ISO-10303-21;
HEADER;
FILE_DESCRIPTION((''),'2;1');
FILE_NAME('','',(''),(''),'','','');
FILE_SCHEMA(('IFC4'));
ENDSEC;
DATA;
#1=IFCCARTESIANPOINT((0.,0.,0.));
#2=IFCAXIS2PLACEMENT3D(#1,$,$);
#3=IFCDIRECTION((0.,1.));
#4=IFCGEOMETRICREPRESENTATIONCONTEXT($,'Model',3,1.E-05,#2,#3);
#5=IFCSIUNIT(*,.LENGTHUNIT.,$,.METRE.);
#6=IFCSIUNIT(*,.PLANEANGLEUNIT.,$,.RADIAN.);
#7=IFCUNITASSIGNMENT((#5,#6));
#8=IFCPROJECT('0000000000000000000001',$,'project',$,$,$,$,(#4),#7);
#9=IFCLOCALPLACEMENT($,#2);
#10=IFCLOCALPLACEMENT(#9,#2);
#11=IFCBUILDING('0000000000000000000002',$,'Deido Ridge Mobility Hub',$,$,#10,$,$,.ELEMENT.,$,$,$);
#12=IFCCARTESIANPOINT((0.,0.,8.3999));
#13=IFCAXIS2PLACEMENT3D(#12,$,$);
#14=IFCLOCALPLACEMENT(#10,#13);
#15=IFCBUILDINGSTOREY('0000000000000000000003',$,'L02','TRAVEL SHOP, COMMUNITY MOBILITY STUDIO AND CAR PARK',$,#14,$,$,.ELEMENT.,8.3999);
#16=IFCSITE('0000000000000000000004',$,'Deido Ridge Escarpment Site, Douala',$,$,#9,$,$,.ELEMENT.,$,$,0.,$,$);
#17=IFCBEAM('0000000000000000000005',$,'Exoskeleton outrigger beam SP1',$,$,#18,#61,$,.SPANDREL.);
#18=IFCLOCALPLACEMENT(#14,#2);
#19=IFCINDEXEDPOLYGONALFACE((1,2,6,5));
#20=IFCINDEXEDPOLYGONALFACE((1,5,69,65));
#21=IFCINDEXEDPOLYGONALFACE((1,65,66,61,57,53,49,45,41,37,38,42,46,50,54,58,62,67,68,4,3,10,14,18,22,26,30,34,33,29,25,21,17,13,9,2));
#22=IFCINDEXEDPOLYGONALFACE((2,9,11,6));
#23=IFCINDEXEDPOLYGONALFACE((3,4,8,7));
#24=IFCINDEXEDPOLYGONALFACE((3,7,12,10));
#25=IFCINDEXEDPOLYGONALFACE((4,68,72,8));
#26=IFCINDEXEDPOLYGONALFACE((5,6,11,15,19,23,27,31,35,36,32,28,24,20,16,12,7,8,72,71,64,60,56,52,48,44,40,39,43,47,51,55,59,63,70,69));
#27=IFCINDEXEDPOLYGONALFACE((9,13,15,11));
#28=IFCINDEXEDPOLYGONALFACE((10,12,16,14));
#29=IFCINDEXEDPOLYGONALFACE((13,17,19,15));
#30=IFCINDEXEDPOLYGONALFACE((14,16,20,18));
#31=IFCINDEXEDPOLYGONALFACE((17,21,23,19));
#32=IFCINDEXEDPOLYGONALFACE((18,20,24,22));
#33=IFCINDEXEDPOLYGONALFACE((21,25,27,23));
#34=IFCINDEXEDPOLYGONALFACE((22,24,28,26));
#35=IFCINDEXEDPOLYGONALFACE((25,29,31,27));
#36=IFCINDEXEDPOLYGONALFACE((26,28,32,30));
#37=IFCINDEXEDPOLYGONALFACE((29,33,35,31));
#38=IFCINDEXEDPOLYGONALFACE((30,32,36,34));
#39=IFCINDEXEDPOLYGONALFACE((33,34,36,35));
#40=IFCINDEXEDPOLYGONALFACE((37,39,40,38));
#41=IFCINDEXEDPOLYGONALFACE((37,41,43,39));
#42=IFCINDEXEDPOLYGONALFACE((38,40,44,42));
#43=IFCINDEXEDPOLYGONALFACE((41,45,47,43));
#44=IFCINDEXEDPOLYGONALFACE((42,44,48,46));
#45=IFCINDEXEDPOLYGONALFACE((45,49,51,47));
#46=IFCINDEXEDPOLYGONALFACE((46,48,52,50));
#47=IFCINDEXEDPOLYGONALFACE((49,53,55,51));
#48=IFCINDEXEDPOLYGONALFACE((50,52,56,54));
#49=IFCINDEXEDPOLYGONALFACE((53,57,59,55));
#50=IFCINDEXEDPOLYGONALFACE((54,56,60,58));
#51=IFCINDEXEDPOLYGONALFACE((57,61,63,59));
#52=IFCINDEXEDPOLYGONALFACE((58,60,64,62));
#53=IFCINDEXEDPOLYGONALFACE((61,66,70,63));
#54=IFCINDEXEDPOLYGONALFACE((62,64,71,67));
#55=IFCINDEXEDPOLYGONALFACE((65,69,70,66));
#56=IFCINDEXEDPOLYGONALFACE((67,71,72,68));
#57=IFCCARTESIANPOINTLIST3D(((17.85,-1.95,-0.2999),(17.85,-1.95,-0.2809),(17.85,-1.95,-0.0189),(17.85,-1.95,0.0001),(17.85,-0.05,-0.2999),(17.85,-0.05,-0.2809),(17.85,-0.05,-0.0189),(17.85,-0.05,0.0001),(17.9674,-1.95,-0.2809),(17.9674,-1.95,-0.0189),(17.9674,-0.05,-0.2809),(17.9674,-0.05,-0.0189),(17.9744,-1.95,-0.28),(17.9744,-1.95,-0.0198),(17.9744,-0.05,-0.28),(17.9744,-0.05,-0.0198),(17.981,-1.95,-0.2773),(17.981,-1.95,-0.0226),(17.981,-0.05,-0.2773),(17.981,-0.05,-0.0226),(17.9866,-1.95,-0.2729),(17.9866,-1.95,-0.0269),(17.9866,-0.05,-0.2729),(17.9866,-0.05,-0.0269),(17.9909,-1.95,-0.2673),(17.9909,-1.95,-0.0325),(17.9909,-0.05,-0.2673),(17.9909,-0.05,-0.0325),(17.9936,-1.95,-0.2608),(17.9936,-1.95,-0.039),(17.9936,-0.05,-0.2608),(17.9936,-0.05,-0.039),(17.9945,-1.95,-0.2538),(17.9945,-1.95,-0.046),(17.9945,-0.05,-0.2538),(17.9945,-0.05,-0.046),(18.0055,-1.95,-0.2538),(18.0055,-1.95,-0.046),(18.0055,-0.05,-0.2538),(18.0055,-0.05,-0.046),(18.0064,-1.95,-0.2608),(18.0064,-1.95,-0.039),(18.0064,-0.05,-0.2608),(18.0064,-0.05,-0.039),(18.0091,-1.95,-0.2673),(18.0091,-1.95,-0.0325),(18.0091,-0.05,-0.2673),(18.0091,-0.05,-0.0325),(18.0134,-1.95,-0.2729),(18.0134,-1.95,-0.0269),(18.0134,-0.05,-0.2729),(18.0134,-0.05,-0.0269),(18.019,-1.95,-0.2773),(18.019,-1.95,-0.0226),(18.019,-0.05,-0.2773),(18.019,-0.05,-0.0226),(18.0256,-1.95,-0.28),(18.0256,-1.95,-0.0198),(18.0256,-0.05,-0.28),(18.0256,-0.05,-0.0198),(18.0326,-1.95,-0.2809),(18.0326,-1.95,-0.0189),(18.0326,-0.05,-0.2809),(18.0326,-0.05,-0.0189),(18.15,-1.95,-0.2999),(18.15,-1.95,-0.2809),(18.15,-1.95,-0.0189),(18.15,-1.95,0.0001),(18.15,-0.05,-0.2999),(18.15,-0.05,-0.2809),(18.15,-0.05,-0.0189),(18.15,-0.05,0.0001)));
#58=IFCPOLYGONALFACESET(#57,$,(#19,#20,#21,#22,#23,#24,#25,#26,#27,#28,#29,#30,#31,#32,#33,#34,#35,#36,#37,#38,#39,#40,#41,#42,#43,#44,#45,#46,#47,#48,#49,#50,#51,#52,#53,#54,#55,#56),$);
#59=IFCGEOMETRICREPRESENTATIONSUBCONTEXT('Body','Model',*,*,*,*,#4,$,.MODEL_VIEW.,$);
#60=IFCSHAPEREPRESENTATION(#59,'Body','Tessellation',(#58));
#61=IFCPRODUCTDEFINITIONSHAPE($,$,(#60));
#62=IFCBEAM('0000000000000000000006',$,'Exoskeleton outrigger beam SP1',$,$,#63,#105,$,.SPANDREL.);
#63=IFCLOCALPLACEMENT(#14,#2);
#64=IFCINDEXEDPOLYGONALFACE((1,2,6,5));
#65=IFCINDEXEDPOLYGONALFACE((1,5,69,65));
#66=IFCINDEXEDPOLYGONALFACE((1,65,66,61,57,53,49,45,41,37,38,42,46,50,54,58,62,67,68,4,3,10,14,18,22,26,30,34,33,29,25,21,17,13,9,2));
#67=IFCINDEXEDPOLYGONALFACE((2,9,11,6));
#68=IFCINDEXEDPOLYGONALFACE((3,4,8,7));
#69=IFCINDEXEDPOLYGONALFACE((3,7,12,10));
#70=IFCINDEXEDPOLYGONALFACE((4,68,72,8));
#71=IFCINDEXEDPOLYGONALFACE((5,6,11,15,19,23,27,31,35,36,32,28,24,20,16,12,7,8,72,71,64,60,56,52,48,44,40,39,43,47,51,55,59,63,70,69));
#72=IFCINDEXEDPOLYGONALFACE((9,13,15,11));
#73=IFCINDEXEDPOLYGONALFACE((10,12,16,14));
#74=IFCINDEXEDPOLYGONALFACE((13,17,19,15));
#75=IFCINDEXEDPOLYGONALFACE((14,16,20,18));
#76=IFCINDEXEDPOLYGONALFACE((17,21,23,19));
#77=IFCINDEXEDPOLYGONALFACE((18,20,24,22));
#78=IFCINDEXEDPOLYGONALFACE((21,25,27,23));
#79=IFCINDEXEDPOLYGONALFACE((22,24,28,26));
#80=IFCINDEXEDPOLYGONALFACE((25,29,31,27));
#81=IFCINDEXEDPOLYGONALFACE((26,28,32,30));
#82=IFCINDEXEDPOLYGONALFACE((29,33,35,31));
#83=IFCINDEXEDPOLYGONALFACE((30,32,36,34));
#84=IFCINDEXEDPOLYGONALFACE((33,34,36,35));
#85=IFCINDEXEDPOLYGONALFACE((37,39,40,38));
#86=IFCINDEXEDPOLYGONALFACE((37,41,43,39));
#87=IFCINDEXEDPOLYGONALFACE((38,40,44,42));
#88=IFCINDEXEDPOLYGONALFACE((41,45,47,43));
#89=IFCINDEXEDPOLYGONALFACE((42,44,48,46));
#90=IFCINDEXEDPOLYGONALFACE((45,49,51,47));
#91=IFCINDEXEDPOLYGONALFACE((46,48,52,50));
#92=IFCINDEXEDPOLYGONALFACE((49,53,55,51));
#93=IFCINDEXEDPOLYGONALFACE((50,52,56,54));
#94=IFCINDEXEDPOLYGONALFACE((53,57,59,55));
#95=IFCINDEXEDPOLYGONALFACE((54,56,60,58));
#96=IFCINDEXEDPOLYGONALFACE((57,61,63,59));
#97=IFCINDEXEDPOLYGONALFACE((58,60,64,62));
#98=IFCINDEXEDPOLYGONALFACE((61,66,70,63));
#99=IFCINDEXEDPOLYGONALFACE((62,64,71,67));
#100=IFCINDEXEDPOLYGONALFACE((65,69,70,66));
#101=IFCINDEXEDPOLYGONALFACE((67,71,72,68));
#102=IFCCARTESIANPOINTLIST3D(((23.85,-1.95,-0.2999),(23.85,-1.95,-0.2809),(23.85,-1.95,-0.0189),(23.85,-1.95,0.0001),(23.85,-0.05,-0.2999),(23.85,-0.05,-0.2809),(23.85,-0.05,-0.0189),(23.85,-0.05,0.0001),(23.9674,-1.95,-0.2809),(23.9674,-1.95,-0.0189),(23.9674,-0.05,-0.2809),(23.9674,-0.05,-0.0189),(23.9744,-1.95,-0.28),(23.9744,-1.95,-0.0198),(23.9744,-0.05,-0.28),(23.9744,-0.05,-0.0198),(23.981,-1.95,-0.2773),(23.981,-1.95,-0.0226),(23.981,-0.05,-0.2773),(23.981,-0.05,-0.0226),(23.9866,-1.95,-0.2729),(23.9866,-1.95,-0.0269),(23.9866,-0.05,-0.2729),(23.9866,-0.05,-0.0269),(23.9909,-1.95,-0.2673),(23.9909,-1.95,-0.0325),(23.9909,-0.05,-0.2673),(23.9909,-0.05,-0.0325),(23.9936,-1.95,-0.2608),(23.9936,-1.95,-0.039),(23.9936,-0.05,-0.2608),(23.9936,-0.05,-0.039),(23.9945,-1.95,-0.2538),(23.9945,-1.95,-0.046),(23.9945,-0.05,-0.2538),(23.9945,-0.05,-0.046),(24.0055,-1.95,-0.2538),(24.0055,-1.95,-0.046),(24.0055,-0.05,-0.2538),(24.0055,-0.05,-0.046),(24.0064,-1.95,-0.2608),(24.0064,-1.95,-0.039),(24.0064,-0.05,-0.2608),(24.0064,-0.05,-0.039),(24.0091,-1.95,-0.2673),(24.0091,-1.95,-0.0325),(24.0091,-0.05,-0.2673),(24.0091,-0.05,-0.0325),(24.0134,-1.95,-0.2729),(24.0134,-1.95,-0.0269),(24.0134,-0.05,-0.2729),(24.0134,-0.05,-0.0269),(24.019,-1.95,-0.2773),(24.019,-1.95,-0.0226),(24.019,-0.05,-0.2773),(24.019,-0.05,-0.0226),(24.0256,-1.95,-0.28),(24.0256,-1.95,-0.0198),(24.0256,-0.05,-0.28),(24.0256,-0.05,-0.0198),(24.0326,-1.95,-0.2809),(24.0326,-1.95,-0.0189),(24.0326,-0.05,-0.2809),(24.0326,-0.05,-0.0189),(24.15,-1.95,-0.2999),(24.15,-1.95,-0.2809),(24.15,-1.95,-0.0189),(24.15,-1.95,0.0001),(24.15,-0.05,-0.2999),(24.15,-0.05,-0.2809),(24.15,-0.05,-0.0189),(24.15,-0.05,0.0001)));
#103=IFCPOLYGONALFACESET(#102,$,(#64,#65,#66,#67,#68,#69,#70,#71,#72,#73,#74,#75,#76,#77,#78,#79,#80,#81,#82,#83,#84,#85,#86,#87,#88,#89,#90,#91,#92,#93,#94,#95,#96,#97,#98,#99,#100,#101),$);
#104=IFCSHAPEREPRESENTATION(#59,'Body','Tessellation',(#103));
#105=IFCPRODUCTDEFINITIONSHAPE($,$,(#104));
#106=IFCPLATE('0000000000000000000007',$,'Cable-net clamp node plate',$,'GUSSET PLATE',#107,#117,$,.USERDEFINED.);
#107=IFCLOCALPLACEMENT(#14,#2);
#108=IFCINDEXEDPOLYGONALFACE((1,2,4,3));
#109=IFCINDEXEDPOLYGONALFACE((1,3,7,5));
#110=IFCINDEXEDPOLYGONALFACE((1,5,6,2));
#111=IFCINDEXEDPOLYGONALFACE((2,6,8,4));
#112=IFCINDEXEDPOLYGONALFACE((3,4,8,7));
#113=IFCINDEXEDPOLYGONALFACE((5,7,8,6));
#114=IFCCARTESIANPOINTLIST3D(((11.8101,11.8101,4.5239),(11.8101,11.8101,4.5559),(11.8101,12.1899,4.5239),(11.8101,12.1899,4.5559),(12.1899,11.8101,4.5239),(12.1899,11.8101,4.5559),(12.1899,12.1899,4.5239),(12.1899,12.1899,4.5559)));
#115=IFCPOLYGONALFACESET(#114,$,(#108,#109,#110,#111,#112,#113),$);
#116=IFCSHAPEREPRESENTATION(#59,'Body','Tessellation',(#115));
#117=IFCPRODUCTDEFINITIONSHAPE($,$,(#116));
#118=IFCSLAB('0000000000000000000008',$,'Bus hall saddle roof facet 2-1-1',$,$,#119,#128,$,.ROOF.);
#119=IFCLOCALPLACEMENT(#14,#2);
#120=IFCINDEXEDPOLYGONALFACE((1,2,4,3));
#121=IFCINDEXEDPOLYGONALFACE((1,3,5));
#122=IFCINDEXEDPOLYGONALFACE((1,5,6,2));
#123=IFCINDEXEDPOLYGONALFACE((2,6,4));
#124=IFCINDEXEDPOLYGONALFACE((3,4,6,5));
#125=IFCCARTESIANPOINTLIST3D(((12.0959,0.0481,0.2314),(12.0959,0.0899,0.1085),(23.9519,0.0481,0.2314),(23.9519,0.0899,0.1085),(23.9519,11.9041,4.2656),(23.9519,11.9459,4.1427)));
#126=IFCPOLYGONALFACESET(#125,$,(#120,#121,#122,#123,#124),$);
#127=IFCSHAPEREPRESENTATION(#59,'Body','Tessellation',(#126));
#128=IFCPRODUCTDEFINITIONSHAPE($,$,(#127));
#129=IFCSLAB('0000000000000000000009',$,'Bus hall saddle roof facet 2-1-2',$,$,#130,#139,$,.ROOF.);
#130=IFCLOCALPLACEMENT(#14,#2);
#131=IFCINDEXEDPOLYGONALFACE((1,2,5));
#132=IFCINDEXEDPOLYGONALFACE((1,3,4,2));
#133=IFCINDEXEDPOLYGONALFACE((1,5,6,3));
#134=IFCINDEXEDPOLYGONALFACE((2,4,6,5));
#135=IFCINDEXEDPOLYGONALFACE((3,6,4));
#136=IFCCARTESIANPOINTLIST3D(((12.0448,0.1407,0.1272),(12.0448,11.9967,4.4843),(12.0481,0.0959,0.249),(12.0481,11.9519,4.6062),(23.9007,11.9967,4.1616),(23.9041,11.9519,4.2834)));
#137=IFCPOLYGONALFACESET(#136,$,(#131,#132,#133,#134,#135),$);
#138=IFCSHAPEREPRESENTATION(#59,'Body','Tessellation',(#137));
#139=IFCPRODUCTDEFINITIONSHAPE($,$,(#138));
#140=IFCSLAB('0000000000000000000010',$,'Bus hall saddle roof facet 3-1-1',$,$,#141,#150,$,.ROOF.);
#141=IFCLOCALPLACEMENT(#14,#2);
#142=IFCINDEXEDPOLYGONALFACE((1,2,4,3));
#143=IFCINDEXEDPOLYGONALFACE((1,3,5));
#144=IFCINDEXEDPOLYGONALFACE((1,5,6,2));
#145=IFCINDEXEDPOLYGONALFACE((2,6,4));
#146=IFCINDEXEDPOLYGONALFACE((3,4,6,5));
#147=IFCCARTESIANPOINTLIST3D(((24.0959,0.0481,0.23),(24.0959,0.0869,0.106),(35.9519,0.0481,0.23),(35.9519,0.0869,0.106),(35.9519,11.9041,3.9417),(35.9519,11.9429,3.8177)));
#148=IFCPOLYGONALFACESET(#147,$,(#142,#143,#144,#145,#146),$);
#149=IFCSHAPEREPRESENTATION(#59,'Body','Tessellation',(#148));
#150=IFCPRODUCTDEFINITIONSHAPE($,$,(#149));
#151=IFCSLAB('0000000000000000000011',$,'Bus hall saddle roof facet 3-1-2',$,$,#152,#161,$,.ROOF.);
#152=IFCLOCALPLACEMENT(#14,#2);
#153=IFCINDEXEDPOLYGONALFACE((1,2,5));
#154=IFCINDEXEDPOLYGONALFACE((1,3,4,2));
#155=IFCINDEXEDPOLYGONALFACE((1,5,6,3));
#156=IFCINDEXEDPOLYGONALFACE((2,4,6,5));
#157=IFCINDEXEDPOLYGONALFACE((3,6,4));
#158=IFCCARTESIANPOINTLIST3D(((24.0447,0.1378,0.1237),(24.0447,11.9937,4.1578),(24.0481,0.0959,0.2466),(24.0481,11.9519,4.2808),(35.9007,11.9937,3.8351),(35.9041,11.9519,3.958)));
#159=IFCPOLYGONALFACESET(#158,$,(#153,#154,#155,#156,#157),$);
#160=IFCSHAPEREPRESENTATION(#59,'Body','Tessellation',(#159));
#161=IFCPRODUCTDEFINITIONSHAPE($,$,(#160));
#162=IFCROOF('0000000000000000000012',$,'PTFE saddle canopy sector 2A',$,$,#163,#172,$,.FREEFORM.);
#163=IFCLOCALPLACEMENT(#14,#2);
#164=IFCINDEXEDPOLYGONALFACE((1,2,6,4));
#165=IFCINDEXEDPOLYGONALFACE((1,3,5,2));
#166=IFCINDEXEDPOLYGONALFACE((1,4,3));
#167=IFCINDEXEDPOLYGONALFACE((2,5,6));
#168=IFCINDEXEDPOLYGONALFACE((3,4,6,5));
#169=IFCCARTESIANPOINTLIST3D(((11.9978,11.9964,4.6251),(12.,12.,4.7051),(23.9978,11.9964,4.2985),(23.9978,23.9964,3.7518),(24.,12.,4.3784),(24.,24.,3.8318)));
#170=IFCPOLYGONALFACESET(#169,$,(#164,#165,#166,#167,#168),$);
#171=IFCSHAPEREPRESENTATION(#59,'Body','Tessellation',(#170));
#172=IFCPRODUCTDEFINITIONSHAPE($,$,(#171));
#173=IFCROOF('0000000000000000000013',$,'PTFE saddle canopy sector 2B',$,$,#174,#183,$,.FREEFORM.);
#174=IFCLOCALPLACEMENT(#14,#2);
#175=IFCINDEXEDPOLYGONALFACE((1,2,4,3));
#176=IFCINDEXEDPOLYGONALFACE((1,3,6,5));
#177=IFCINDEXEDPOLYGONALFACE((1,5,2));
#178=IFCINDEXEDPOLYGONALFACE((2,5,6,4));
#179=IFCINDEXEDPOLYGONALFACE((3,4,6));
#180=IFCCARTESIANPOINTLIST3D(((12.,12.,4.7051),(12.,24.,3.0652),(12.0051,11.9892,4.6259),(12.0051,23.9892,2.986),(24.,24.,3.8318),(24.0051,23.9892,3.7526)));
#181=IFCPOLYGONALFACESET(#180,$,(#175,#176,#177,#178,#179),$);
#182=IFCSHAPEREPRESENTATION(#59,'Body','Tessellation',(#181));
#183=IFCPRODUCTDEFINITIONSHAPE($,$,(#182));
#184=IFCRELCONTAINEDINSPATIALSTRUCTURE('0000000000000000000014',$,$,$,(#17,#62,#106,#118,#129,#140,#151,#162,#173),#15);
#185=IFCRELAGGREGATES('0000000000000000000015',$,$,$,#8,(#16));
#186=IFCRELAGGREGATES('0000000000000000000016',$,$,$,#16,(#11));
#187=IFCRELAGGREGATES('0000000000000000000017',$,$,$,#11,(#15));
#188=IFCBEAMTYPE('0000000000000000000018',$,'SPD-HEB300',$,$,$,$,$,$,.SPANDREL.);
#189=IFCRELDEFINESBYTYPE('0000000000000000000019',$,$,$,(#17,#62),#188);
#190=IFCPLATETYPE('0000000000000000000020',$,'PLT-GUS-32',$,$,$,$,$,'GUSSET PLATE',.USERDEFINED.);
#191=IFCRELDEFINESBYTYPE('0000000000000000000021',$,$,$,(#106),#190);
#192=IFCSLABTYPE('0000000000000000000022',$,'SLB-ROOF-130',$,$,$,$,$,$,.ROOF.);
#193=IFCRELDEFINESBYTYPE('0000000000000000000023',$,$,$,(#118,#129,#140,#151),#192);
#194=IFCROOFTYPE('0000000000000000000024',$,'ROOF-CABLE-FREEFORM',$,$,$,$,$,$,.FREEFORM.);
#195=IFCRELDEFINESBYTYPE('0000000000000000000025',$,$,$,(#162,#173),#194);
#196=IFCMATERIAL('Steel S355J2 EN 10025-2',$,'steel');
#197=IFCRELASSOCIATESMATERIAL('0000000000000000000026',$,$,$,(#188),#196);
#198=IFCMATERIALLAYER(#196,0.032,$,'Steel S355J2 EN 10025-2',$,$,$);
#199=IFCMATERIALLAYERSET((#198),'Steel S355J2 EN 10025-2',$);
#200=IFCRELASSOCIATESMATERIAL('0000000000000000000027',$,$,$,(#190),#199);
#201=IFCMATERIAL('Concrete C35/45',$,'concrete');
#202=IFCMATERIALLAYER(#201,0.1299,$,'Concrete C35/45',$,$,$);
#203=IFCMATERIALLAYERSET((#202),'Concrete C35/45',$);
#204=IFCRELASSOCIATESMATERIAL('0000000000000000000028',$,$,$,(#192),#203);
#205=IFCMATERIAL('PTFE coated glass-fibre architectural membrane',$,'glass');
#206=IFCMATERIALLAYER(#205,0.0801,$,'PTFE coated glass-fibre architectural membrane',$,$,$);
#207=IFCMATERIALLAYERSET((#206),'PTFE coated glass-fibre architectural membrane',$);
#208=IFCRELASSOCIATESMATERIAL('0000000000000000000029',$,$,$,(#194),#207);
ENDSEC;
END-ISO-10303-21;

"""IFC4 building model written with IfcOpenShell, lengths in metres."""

from ifc_helpers import new_model, si_unit, direction, frame, origin, origin_2d, place, context, subcontext, project, spatial, polyline, rectangle, i_section, outline, extrude, material, layer, layer_set, material_profile, profile_set, type_object, element, save


model = new_model("IFC4")

# Units and contexts
model_context = context("Model", 3, precision=1e-05, world=origin(), true_north=direction((0.0, 1.0)))
body_context = subcontext(model_context, "Body", "Model", "MODEL_VIEW")
ifc_project = project(units=[si_unit("LENGTHUNIT", "METRE"), si_unit("PLANEANGLEUNIT", "RADIAN")], contexts=[model_context])

# Site, building, storey
site_placement = place(None, origin())
site = spatial("IfcSite", under=ifc_project, at=site_placement, Name="Deido Ridge Escarpment Site, Douala", CompositionType="ELEMENT", RefElevation=0.0)
building_placement = place(site_placement, origin())
building = spatial("IfcBuilding", under=site, at=building_placement, Name="Deido Ridge Mobility Hub", CompositionType="ELEMENT")
storey_placement = place(building_placement, frame((0.0, 0.0, 8.3999)))
storey = spatial("IfcBuildingStorey", under=building, at=storey_placement, Name="L02", Description="TRAVEL SHOP, COMMUNITY MOBILITY STUDIO AND CAR PARK", CompositionType="ELEMENT", Elevation=8.3999)

# Shared definitions
ifc_material_1 = material(Name="Steel S355J2 EN 10025-2", Category="steel")

# Beams
ifc_material_profile_1 = material_profile(ifc_material_1, i_section(OverallWidth=0.3, OverallDepth=0.3, WebThickness=0.011, FlangeThickness=0.019, FilletRadius=0.0271, at=origin_2d()), Name="HEB 300")
ifc_profile_set_1 = profile_set([ifc_material_profile_1], Name="Steel S355J2 EN 10025-2")
beam_type_1 = type_object("IfcBeamType", Name="SPD-HEB300", PredefinedType="SPANDREL", material=ifc_profile_set_1)
for number, where, z_axis, x_axis, name in (
    (1, (18.0, -0.05, -0.1499), (0.0, -1.0, 0.0), (1.0, 0.0, 0.0), "Exoskeleton outrigger beam SP1"),
    (2, (24.0, -0.05, -0.1499), (0.0, -1.0, 0.0), (1.0, 0.0, 0.0), "Exoskeleton outrigger beam SP1"),
):
    element("IfcBeam", number, at=place(storey_placement, frame(where, z_axis=z_axis, x_axis=x_axis)), inside=storey, type_object=beam_type_1, Name=name, PredefinedType="SPANDREL", context=body_context, shape_type="SweptSolid", body=[
        extrude(i_section(OverallWidth=0.3, OverallDepth=0.3, WebThickness=0.011, FlangeThickness=0.019, FilletRadius=0.0271, at=origin_2d()), origin(), (0.0, 0.0, 1.0), 1.8999),
    ])

# Plate
ifc_layer_1 = layer(ifc_material_1, 0.032, Name="Steel S355J2 EN 10025-2")
ifc_layer_set_1 = layer_set([ifc_layer_1], Name="Steel S355J2 EN 10025-2")
plate_type = type_object("IfcPlateType", Name="PLT-GUS-32", ElementType="GUSSET PLATE", PredefinedType="USERDEFINED", material=ifc_layer_set_1)
plate_placement = place(storey_placement, frame((12.0, 12.0, 4.5239), z_axis=(0.0, 0.0, 1.0), x_axis=(1.0, 0.0, 0.0)))
element("IfcPlate", 3, at=plate_placement, inside=storey, type_object=plate_type, Name="Cable-net clamp node plate", ObjectType="GUSSET PLATE", PredefinedType="USERDEFINED", context=body_context, shape_type="SweptSolid", body=[
    extrude(rectangle(XDim=0.3799, YDim=0.3799, at=origin_2d()), origin(), (0.0, 0.0, 1.0), 0.032),
])

# Slabs
ifc_material_2 = material(Name="Concrete C35/45", Category="concrete")
ifc_layer_2 = layer(ifc_material_2, 0.1299, Name="Concrete C35/45")
ifc_layer_set_2 = layer_set([ifc_layer_2], Name="Concrete C35/45")
slab_type = type_object("IfcSlabType", Name="SLB-ROOF-130", PredefinedType="ROOF", material=ifc_layer_set_2)
slab_1_placement = place(storey_placement, frame((12.0959, 0.0481, 0.2314), z_axis=(0.0, -0.322128, 0.946696), x_axis=(1.0, 0.0, 0.0)))
element("IfcSlab", 4, at=slab_1_placement, inside=storey, type_object=slab_type, Name="Bus hall saddle roof facet 2-1-1", PredefinedType="ROOF", context=body_context, shape_type="SweptSolid", body=[
    extrude(outline(polyline([(0.0, 0.0), (11.856, 0.0), (11.856, 12.5235), (0.0, 0.0)])), origin(), (0.0, 0.0, -1.0), 0.1299),
])
slab_2_placement = place(storey_placement, frame((12.0481, 0.0959, 0.249), z_axis=(0.025544, -0.344839, 0.938314), x_axis=(0.687485, 0.687485, 0.233942)))
element("IfcSlab", 5, at=slab_2_placement, inside=storey, type_object=slab_type, Name="Bus hall saddle roof facet 2-1-2", PredefinedType="ROOF", context=body_context, shape_type="SweptSolid", body=[
    extrude(outline(polyline([(0.0, 0.0), (17.2454, 0.0), (9.1701, 8.6866), (0.0, 0.0)])), origin(), (0.0, 0.0, -1.0), 0.1299),
])
slab_3_placement = place(storey_placement, frame((24.0959, 0.0481, 0.23), z_axis=(0.0, -0.298765, 0.954327), x_axis=(1.0, 0.0, 0.0)))
element("IfcSlab", 6, at=slab_3_placement, inside=storey, type_object=slab_type, Name="Bus hall saddle roof facet 3-1-1", PredefinedType="ROOF", context=body_context, shape_type="SweptSolid", body=[
    extrude(outline(polyline([(0.0, 0.0), (11.856, 0.0), (11.856, 12.4234), (0.0, 0.0)])), origin(), (0.0, 0.0, -1.0), 0.1299),
])
slab_4_placement = place(storey_placement, frame((24.0481, 0.0959, 0.2466), z_axis=(0.025763, -0.322022, 0.946382), x_axis=(0.690395, 0.690395, 0.216123)))
element("IfcSlab", 7, at=slab_4_placement, inside=storey, type_object=slab_type, Name="Bus hall saddle roof facet 3-1-2", PredefinedType="ROOF", context=body_context, shape_type="SweptSolid", body=[
    extrude(outline(polyline([(0.0, 0.0), (17.1727, 0.0), (9.0572, 8.649), (0.0, 0.0)])), origin(), (0.0, 0.0, -1.0), 0.1299),
])

# Roofs
ifc_material_3 = material(Name="PTFE coated glass-fibre architectural membrane", Category="glass")
ifc_layer_3 = layer(ifc_material_3, 0.0801, Name="PTFE coated glass-fibre architectural membrane")
ifc_layer_set_3 = layer_set([ifc_layer_3], Name="PTFE coated glass-fibre architectural membrane")
roof_type = type_object("IfcRoofType", Name="ROOF-CABLE-FREEFORM", PredefinedType="FREEFORM", material=ifc_layer_set_3)
roof_1_placement = place(storey_placement, frame((12.0, 12.0, 4.7051), z_axis=(0.027183, 0.045489, 0.998595), x_axis=(0.99963, 0.0, -0.027212)))
element("IfcRoof", 8, at=roof_1_placement, inside=storey, type_object=roof_type, Name="PTFE saddle canopy sector 2A", PredefinedType="FREEFORM", context=body_context, shape_type="SweptSolid", body=[
    extrude(outline(polyline([(0.0, 0.0), (12.0044, 0.0), (12.0193, 12.0124), (0.0, 0.0)])), origin(), (0.0, 0.0, -1.0), 0.0801),
])
roof_2_placement = place(storey_placement, frame((12.0, 12.0, 4.7051), z_axis=(-0.063169, 0.135129, 0.988812), x_axis=(0.706172, 0.706172, -0.051391)))
element("IfcRoof", 9, at=roof_2_placement, inside=storey, type_object=roof_type, Name="PTFE saddle canopy sector 2B", PredefinedType="FREEFORM", context=body_context, shape_type="SweptSolid", body=[
    extrude(outline(polyline([(0.0, 0.0), (16.993, 0.0), (8.5583, 8.5699), (0.0, 0.0)])), origin(), (0.0, 0.0, -1.0), 0.0801),
])

save(model, "model.ifc")
